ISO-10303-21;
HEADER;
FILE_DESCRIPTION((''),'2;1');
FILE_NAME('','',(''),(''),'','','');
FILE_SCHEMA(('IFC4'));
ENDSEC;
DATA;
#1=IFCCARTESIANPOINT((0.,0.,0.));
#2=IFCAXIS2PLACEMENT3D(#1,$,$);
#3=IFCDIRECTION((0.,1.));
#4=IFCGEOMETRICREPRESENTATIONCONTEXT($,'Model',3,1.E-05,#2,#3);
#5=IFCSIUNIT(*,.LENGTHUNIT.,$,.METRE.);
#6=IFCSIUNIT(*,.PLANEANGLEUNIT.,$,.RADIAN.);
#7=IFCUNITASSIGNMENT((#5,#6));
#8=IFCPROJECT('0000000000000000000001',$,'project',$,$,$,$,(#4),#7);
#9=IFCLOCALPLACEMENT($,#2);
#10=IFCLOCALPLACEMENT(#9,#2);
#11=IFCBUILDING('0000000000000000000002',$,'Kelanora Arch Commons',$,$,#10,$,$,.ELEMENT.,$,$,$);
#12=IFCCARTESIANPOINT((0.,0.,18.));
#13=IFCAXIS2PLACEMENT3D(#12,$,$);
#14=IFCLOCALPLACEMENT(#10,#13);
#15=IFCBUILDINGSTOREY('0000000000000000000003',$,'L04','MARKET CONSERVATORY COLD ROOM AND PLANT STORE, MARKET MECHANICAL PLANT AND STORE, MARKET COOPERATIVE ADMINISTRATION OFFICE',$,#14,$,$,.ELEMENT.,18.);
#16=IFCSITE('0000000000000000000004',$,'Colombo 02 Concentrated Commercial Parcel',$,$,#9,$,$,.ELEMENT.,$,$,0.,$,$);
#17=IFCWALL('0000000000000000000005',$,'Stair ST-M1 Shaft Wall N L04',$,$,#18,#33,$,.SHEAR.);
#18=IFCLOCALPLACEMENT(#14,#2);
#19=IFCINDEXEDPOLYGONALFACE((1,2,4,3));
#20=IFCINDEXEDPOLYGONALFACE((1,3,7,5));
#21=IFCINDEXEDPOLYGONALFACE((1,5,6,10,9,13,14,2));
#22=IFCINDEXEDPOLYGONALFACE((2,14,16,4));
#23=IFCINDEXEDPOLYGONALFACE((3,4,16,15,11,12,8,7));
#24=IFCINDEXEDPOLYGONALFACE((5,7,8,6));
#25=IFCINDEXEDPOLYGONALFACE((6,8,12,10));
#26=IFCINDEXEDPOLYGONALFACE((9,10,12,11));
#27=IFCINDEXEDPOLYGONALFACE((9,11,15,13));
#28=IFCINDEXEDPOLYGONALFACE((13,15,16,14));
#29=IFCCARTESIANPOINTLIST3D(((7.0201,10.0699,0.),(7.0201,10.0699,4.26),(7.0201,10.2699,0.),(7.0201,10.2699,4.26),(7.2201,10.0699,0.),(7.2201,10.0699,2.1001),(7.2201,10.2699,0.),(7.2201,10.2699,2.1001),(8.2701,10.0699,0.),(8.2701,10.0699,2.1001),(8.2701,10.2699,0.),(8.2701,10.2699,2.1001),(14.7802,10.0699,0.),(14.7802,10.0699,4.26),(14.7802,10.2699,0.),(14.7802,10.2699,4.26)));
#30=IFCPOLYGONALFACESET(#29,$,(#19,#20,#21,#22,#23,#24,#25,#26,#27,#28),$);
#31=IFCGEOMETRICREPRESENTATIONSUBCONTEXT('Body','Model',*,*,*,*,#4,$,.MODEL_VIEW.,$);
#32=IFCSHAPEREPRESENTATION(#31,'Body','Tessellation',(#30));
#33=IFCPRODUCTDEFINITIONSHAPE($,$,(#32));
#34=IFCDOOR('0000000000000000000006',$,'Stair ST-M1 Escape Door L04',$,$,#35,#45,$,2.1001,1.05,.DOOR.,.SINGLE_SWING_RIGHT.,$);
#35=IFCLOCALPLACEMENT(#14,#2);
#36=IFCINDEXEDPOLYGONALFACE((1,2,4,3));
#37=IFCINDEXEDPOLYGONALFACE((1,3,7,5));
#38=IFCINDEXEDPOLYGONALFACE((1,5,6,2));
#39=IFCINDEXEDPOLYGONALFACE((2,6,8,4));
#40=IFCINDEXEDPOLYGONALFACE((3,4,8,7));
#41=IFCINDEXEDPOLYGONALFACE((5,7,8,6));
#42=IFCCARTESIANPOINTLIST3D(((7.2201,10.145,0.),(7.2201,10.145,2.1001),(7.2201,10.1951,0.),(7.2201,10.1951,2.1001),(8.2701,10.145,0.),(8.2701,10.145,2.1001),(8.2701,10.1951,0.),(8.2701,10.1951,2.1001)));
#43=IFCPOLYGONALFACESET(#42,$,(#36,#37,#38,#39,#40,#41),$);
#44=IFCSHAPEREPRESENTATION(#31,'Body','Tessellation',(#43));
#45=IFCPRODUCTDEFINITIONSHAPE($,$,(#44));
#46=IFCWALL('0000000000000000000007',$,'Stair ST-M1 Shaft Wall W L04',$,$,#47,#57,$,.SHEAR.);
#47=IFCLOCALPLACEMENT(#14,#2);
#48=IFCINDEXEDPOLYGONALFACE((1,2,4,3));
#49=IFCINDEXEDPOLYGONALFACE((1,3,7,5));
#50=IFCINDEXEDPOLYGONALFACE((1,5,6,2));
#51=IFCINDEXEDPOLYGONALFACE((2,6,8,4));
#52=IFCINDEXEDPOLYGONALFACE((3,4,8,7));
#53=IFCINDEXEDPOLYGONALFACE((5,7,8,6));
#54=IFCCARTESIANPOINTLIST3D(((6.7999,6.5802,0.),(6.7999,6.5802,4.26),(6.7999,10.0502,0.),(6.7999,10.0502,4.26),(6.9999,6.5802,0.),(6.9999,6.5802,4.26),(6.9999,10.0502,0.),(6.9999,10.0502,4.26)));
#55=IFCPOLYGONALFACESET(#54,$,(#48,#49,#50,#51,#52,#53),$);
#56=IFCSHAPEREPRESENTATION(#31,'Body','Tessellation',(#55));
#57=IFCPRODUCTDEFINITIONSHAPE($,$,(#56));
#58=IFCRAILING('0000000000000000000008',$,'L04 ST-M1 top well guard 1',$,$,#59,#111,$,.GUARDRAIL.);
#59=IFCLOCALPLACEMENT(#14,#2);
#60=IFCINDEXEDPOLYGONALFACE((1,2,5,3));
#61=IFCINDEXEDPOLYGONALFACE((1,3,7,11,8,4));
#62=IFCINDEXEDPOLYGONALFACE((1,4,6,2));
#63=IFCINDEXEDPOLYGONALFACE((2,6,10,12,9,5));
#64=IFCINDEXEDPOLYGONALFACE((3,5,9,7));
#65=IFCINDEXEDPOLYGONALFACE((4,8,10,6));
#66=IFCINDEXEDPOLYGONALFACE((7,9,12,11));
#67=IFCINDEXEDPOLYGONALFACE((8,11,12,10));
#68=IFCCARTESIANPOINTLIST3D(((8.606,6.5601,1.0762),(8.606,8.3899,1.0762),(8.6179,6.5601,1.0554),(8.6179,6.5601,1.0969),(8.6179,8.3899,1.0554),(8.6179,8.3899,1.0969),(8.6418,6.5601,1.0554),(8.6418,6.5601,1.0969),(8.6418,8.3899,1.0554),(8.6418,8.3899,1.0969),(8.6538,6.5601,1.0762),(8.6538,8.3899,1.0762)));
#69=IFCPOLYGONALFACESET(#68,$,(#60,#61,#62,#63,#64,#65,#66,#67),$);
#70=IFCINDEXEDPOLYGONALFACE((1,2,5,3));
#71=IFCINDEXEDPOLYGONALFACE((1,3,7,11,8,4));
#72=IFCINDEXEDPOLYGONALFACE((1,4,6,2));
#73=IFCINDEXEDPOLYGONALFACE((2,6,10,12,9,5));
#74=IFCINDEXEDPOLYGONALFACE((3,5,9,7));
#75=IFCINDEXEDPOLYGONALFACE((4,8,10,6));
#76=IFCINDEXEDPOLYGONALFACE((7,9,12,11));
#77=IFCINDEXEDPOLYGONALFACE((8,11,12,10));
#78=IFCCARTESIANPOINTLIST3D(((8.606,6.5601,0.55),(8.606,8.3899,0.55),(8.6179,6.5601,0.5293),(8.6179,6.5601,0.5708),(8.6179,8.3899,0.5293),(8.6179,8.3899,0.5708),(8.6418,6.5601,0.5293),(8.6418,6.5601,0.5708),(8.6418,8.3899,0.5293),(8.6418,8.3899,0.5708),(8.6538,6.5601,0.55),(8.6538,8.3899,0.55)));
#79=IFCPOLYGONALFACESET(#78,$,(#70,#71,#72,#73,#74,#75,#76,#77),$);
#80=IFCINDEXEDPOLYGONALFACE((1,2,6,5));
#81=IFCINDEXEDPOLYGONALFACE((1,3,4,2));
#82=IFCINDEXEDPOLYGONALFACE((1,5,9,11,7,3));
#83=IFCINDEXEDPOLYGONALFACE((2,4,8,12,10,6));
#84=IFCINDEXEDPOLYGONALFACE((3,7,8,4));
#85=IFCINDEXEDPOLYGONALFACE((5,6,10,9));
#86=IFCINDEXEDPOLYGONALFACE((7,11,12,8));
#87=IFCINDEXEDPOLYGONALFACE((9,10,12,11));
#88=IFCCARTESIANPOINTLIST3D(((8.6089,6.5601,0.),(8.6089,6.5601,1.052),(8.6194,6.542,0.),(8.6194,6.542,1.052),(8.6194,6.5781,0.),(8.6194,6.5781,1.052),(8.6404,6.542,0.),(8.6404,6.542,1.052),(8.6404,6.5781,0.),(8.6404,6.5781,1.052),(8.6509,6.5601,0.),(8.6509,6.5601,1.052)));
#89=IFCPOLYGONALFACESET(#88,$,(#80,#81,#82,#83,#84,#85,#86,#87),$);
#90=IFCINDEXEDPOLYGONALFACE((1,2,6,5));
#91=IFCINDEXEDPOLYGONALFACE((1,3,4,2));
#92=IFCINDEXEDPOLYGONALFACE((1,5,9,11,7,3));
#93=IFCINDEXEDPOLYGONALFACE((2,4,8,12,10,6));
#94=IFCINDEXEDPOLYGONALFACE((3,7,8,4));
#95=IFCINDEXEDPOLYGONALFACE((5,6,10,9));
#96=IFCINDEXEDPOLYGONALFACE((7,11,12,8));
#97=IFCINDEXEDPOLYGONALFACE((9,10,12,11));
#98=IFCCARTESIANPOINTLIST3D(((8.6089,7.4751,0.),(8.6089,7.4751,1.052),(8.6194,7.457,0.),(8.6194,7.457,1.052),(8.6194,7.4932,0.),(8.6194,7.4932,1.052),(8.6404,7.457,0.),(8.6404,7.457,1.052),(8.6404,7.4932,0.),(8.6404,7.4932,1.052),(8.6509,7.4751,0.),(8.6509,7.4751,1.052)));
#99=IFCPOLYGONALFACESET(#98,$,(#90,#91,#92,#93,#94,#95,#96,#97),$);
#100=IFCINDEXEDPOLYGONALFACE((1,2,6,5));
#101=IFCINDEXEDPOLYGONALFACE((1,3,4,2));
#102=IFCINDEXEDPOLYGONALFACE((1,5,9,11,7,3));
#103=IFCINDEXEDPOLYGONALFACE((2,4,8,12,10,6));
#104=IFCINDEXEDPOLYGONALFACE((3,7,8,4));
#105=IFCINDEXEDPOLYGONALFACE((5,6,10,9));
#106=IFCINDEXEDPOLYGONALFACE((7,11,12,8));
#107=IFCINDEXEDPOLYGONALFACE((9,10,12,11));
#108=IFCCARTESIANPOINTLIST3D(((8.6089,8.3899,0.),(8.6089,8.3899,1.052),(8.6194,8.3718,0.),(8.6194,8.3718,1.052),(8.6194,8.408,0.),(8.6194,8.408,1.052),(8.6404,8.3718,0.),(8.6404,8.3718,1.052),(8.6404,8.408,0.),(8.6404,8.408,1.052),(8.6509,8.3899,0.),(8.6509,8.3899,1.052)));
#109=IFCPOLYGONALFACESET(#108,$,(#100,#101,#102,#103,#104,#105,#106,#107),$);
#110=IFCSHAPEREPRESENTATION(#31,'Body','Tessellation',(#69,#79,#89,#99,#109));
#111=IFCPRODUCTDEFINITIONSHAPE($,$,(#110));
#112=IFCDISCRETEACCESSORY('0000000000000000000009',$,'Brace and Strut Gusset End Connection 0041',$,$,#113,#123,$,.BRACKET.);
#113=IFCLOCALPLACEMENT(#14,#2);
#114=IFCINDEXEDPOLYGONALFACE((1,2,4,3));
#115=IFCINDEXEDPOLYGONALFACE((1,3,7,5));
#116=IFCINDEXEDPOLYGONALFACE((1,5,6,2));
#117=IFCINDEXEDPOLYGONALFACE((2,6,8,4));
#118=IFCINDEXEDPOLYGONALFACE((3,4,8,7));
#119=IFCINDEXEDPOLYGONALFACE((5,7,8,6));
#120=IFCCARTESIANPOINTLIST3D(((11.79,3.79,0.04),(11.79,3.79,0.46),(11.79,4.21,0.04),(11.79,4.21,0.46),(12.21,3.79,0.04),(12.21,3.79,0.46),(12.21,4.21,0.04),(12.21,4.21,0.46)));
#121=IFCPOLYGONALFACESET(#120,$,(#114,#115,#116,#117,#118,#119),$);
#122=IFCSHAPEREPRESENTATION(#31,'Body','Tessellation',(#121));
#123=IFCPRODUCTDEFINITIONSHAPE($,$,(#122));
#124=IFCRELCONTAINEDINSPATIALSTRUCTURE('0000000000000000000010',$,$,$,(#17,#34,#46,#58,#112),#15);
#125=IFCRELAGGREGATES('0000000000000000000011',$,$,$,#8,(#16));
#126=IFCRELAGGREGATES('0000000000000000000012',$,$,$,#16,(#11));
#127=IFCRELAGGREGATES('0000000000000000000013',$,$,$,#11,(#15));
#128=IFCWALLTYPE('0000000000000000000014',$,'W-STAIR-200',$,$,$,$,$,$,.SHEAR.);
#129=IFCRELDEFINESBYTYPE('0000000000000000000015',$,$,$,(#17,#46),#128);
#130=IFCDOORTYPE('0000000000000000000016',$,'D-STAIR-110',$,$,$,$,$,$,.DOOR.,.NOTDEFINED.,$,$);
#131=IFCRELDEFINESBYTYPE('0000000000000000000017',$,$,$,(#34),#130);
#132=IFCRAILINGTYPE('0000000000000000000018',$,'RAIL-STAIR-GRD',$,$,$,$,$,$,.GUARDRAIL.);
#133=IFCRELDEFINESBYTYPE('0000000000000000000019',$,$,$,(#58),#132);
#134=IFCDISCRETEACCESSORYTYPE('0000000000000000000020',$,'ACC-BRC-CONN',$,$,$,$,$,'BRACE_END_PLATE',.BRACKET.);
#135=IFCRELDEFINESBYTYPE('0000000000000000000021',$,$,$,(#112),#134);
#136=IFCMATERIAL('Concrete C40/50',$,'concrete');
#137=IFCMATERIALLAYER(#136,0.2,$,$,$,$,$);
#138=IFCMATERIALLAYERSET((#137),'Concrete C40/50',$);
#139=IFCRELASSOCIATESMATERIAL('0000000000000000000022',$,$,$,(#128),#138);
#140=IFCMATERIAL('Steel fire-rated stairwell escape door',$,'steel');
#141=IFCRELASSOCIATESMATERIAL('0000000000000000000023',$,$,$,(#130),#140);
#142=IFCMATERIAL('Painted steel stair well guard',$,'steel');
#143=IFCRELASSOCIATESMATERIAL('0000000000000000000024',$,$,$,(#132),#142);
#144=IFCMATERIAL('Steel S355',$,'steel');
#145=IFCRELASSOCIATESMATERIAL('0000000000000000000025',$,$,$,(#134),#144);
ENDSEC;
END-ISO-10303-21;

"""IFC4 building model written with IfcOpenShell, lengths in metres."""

from ifc_helpers import new_model, si_unit, direction, frame, frame_2d, origin, origin_2d, place, context, subcontext, project, spatial, polyline, rectangle, outline, extrude, source, transform, mapped, material, layer, layer_set, type_object, element, fill, save


model = new_model("IFC4")

# Units and contexts
model_context = context("Model", 3, precision=1e-05, world=origin(), true_north=direction((0.0, 1.0)))
body_context = subcontext(model_context, "Body", "Model", "MODEL_VIEW")
ifc_project = project(units=[si_unit("LENGTHUNIT", "METRE"), si_unit("PLANEANGLEUNIT", "RADIAN")], contexts=[model_context])

# Site, building, storey
site_placement = place(None, origin())
site = spatial("IfcSite", under=ifc_project, at=site_placement, Name="Colombo 02 Concentrated Commercial Parcel", CompositionType="ELEMENT", RefElevation=0.0)
building_placement = place(site_placement, origin())
building = spatial("IfcBuilding", under=site, at=building_placement, Name="Kelanora Arch Commons", CompositionType="ELEMENT")
storey_placement = place(building_placement, frame((0.0, 0.0, 18.0)))
storey = spatial("IfcBuildingStorey", under=building, at=storey_placement, Name="L04", Description="MARKET CONSERVATORY COLD ROOM AND PLANT STORE, MARKET MECHANICAL PLANT AND STORE, MARKET COOPERATIVE ADMINISTRATION OFFICE", CompositionType="ELEMENT", Elevation=18.0)

# Shared definitions
ifc_material_1 = material(Name="Steel S355", Category="steel")

# Shared definitions
ifc_material_2 = material(Name="Concrete C40/50", Category="concrete")

# Shared definitions
ifc_layer_1 = layer(ifc_material_2, 0.2)
ifc_layer_set_1 = layer_set([ifc_layer_1], Name="Concrete C40/50")
wall_type_1 = type_object("IfcWallType", Name="W-STAIR-200", PredefinedType="SHEAR", material=ifc_layer_set_1)

# Wall, opening, door
wall_1_placement = place(storey_placement, frame((14.78, 10.1699, 0.0), z_axis=(0.0, 0.0, 1.0), x_axis=(-1.0, 0.0, 0.0)))
wall_1 = element("IfcWall", 1, at=wall_1_placement, inside=storey, type_object=wall_type_1, Name="Stair ST-M1 Shaft Wall N L04", PredefinedType="SHEAR", context=body_context, shape_type="SweptSolid", body=[
    extrude(rectangle(XDim=7.76, YDim=0.2, at=frame_2d((3.8799, 0.0))), origin(), (0.0, 0.0, 1.0), 4.26),
])
opening_1_placement = place(wall_1_placement, frame((6.51, 0.0, 0.0)))
opening_1 = element("IfcOpeningElement", 2, at=opening_1_placement, cuts=wall_1, PredefinedType="OPENING", context=body_context, shape_type="SweptSolid", body=[
    extrude(rectangle(XDim=1.05, YDim=2.1001, at=frame_2d((0.5249, 1.05))), frame((0.0, 0.1099, 0.0), z_axis=(0.0, -1.0, 0.0), x_axis=(1.0, 0.0, 0.0)), (0.0, 0.0, 1.0), 0.22),
])
ifc_material_3 = material(Name="Steel fire-rated stairwell escape door", Category="steel")
door_type_1 = type_object("IfcDoorType", Name="D-STAIR-110", OperationType="NOTDEFINED", PredefinedType="DOOR", material=ifc_material_3)
door_1_placement = place(opening_1_placement, origin())
door_1 = element("IfcDoor", 3, at=door_1_placement, inside=storey, type_object=door_type_1, Name="Stair ST-M1 Escape Door L04", OperationType="SINGLE_SWING_RIGHT", OverallHeight=2.1001, OverallWidth=1.05, PredefinedType="DOOR", context=body_context, shape_type="SweptSolid", body=[
    extrude(rectangle(XDim=1.05, YDim=2.1001, at=frame_2d((0.5249, 1.05))), frame((0.0, 0.0249, 0.0), z_axis=(0.0, -1.0, 0.0), x_axis=(1.0, 0.0, 0.0)), (0.0, 0.0, 1.0), 0.05),
])
fill(opening_1, door_1)

# Wall
wall_2_placement = place(storey_placement, frame((6.8999, 10.05, 0.0), z_axis=(0.0, 0.0, 1.0), x_axis=(0.0, -1.0, 0.0)))
element("IfcWall", 4, at=wall_2_placement, inside=storey, type_object=wall_type_1, Name="Stair ST-M1 Shaft Wall W L04", PredefinedType="SHEAR", context=body_context, shape_type="SweptSolid", body=[
    extrude(rectangle(XDim=3.47, YDim=0.2, at=frame_2d((1.7349, 0.0))), origin(), (0.0, 0.0, 1.0), 4.26),
])

# Railing
ifc_material_4 = material(Name="Painted steel stair well guard", Category="steel")
railing_type = type_object("IfcRailingType", Name="RAIL-STAIR-GRD", PredefinedType="GUARDRAIL", material=ifc_material_4)
railing_placement = place(storey_placement, frame((8.6299, 6.5601, 0.0)))
element("IfcRailing", 5, at=railing_placement, inside=storey, type_object=railing_type, Name="L04 ST-M1 top well guard 1", PredefinedType="GUARDRAIL", context=body_context, shape_type="SweptSolid", body=[
    extrude(outline(polyline([(0.0239, 0.0), (0.012, 0.0208), (-0.012, 0.0208), (-0.0239, 0.0), (-0.012, -0.0208), (0.012, -0.0208), (0.0239, 0.0)])), frame((0.0, 0.0, 1.0762), z_axis=(0.0, 1.0, 0.0), x_axis=(-1.0, 0.0, 0.0)), (0.0, 0.0, 1.0), 1.8298),
    extrude(outline(polyline([(0.0239, 0.0), (0.012, 0.0208), (-0.012, 0.0208), (-0.0239, 0.0), (-0.012, -0.0208), (0.012, -0.0208), (0.0239, 0.0)])), frame((0.0, 0.0, 0.55), z_axis=(0.0, 1.0, 0.0), x_axis=(-1.0, 0.0, 0.0)), (0.0, 0.0, 1.0), 1.8298),
    extrude(outline(polyline([(0.021, 0.0), (0.0105, 0.0181), (-0.0105, 0.0181), (-0.021, 0.0), (-0.0105, -0.0181), (0.0105, -0.0181), (0.021, 0.0)])), origin(), (0.0, 0.0, 1.0), 1.052),
    extrude(outline(polyline([(0.021, 0.0), (0.0105, 0.0181), (-0.0105, 0.0181), (-0.021, 0.0), (-0.0105, -0.0181), (0.0105, -0.0181), (0.021, 0.0)])), frame((0.0, 0.915, 0.0)), (0.0, 0.0, 1.0), 1.052),
    extrude(outline(polyline([(0.021, 0.0), (0.0105, 0.0181), (-0.0105, 0.0181), (-0.021, 0.0), (-0.0105, -0.0181), (0.0105, -0.0181), (0.021, 0.0)])), frame((0.0, 1.8298, 0.0)), (0.0, 0.0, 1.0), 1.052),
])

# Discrete accessory
discrete_accessory_type = type_object("IfcDiscreteAccessoryType", Name="ACC-BRC-CONN", ElementType="BRACE_END_PLATE", PredefinedType="BRACKET", material=ifc_material_1)
shared_shape = source(origin(), body_context, "Body", "SweptSolid", [
    extrude(rectangle(XDim=0.4199, YDim=0.4199, at=origin_2d()), origin(), (0.0, 0.0, 1.0), 0.4199),
])
discrete_accessory_placement = place(storey_placement, frame((12.0, 4.0, 0.04), z_axis=(0.0, 0.0, 1.0), x_axis=(1.0, 0.0, 0.0)))
element("IfcDiscreteAccessory", 6, at=discrete_accessory_placement, inside=storey, type_object=discrete_accessory_type, Name="Brace and Strut Gusset End Connection 0041", PredefinedType="BRACKET", context=body_context, shape_type="MappedRepresentation", body=[
    mapped(shared_shape, transform((0.0, 0.0, 0.0), scale=1.0)),
])

save(model, "model.ifc")
